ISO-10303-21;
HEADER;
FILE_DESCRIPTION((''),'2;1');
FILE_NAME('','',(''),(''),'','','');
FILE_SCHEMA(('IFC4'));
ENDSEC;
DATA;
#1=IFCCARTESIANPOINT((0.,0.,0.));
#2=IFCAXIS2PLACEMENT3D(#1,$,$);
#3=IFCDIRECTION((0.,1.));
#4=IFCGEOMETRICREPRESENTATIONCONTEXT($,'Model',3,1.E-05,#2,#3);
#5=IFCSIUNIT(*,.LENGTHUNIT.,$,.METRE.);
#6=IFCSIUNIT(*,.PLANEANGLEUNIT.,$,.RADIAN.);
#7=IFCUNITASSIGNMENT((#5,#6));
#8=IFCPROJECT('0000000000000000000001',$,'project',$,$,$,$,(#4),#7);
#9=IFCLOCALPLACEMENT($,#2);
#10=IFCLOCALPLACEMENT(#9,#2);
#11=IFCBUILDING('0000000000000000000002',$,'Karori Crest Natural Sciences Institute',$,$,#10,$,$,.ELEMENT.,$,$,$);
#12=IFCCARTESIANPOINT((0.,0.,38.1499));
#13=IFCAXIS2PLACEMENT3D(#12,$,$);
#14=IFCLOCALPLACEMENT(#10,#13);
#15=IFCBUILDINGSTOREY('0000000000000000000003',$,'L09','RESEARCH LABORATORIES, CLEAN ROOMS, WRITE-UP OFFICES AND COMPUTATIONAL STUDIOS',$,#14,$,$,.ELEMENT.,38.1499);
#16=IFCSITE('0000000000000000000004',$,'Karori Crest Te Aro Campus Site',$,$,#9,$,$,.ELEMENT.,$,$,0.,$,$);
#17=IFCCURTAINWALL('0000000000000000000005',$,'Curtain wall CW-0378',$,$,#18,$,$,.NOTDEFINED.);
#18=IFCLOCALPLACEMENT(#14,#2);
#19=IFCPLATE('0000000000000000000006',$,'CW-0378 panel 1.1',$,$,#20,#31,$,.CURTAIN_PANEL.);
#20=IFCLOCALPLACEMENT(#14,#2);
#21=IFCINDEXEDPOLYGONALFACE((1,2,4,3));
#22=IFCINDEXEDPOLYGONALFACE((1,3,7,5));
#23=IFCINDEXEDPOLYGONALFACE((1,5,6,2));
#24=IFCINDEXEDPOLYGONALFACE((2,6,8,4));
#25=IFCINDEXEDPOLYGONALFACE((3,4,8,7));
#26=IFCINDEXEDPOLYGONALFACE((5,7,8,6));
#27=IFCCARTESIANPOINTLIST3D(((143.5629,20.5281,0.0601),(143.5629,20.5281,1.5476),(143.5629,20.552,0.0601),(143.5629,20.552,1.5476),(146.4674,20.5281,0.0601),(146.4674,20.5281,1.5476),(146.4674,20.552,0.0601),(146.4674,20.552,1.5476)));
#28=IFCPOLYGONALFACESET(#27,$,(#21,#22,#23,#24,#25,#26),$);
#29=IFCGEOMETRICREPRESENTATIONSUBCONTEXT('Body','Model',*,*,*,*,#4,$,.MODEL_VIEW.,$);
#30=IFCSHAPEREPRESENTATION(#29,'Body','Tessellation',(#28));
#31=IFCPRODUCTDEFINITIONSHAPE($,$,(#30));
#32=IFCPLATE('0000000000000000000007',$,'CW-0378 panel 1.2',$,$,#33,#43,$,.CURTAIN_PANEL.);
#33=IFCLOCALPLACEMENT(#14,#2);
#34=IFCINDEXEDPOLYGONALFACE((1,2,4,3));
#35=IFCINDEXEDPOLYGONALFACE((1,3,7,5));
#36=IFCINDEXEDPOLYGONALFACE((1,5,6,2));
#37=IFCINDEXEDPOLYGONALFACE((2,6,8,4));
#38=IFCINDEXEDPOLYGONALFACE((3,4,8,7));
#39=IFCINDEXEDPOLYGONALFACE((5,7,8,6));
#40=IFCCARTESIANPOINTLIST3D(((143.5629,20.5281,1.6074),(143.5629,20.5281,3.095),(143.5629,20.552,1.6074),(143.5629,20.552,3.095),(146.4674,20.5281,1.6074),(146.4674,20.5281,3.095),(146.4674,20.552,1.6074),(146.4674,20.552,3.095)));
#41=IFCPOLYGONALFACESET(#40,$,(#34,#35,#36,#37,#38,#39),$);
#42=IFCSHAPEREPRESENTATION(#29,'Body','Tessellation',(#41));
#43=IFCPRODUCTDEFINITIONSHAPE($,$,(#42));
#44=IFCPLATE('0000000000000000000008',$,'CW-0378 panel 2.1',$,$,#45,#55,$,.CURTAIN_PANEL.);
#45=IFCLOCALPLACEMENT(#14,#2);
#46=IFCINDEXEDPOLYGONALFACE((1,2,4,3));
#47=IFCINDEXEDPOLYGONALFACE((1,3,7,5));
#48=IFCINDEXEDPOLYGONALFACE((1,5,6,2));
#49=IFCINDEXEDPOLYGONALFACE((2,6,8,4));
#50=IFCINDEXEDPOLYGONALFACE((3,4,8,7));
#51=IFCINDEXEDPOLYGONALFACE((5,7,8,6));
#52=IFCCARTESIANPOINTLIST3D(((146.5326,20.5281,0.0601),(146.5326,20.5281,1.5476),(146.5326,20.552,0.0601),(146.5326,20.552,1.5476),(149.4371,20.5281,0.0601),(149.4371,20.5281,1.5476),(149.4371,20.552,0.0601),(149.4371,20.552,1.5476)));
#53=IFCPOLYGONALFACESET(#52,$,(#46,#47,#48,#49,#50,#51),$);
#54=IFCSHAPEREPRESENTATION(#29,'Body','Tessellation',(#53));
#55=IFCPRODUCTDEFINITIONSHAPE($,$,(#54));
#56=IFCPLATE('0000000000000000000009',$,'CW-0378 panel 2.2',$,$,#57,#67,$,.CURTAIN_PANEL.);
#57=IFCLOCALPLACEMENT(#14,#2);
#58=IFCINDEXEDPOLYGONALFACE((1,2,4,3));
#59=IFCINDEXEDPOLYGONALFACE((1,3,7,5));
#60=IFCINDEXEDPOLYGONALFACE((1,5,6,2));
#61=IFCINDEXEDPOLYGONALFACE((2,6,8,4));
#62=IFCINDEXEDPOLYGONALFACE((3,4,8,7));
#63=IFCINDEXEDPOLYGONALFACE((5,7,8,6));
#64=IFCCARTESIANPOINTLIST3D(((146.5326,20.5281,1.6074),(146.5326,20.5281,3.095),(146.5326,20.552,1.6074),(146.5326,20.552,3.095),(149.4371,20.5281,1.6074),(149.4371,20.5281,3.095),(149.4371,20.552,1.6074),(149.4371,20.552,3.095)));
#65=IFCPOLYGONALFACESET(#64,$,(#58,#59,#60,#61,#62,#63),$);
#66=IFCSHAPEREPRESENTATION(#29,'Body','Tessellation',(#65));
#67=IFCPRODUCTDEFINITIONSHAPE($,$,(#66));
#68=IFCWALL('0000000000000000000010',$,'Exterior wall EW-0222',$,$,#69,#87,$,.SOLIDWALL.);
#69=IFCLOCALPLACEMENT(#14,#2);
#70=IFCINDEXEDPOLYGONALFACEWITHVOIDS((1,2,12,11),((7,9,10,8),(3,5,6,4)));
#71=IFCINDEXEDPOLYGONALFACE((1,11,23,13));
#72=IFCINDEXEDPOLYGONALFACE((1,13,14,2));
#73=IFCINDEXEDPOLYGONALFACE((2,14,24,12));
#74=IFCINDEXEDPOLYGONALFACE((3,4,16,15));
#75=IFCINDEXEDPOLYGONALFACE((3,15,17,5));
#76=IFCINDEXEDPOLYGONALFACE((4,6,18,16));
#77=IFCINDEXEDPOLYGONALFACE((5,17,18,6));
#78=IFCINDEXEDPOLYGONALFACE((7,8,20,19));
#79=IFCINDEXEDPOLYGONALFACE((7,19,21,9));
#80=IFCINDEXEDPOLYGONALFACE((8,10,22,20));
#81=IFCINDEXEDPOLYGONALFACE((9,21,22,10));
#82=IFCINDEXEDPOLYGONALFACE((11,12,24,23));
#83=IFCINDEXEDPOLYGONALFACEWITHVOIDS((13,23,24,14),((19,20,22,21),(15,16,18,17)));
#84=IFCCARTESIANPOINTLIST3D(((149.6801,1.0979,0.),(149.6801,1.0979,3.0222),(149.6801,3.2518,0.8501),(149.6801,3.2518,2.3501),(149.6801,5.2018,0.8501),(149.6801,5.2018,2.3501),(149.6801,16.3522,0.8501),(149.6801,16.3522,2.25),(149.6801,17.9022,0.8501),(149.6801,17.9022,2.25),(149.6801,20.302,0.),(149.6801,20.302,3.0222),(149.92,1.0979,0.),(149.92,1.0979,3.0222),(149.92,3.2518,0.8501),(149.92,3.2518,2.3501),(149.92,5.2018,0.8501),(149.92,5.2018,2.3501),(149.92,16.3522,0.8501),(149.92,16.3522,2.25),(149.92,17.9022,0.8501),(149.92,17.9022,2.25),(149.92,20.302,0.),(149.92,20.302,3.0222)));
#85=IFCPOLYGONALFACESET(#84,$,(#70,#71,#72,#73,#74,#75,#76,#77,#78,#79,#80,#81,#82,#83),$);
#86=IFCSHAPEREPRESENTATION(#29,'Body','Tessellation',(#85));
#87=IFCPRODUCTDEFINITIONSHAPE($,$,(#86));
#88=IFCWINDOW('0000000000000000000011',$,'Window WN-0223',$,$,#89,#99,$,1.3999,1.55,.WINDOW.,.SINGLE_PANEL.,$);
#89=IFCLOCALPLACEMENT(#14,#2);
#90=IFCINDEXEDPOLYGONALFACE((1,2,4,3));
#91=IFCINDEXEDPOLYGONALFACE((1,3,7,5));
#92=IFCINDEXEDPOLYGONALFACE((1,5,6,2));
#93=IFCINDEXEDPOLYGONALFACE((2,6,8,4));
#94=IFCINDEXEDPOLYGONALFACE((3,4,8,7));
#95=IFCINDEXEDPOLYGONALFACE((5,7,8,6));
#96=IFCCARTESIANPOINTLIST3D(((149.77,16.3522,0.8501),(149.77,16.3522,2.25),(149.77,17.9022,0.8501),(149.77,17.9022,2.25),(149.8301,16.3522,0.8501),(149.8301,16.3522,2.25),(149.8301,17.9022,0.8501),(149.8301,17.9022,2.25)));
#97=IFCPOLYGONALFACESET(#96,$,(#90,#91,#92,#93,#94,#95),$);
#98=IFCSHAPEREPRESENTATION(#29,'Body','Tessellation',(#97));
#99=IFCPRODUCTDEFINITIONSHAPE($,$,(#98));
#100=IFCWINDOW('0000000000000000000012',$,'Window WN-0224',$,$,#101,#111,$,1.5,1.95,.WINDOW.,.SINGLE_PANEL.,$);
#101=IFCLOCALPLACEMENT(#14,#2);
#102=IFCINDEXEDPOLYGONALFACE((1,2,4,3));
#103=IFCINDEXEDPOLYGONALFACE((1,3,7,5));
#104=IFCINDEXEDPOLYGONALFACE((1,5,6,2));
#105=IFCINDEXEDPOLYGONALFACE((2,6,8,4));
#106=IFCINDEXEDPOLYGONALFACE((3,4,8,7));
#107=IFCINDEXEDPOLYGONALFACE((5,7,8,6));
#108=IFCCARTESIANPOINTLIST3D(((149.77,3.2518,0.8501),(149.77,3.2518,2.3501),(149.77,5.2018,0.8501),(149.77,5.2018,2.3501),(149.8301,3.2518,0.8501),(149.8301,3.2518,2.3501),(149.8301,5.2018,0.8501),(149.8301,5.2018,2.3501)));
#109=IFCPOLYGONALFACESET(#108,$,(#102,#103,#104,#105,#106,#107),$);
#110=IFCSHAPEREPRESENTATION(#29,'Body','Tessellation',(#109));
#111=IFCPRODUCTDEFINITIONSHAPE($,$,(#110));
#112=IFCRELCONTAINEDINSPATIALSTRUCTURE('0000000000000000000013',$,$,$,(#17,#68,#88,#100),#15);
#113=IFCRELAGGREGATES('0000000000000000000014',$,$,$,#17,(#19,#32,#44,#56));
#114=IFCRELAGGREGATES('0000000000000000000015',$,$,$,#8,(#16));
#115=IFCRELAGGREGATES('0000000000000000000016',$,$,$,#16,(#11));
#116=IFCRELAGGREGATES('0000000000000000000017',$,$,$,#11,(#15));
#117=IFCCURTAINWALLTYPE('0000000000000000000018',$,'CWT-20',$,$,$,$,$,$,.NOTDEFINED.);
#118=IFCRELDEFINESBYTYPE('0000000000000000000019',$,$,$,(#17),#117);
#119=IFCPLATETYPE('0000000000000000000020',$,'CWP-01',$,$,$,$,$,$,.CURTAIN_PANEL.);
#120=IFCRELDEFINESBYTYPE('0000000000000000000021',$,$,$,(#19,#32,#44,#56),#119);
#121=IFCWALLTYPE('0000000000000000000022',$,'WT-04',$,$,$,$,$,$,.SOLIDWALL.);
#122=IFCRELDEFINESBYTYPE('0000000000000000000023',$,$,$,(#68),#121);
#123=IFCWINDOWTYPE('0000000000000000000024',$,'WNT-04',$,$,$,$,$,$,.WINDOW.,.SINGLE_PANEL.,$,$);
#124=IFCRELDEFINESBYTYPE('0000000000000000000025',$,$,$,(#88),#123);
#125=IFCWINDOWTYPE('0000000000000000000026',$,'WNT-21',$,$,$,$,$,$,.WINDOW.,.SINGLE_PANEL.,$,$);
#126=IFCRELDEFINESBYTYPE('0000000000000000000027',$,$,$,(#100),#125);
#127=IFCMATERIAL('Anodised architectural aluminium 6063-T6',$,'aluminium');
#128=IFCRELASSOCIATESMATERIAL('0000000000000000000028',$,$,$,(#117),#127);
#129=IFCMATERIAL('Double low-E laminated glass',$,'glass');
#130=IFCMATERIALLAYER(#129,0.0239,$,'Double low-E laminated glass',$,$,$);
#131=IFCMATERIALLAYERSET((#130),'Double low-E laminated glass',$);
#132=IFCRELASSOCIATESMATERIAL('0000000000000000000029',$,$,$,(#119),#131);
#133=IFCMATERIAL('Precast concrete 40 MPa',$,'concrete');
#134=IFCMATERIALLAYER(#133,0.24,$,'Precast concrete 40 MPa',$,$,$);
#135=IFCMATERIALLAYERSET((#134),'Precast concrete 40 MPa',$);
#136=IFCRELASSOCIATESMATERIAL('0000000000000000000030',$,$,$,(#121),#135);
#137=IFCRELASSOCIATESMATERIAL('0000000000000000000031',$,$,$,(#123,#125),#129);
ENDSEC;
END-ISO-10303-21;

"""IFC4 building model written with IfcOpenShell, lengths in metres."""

from ifc_helpers import new_model, si_unit, direction, frame, frame_2d, origin, origin_2d, place, context, subcontext, project, spatial, rectangle, extrude, material, layer, layer_set, type_object, element, fill, aggregate, save


model = new_model("IFC4")

# Units and contexts
model_context = context("Model", 3, precision=1e-05, world=origin(), true_north=direction((0.0, 1.0)))
body_context = subcontext(model_context, "Body", "Model", "MODEL_VIEW")
ifc_project = project(units=[si_unit("LENGTHUNIT", "METRE"), si_unit("PLANEANGLEUNIT", "RADIAN")], contexts=[model_context])

# Site, building, storey
site_placement = place(None, origin())
site = spatial("IfcSite", under=ifc_project, at=site_placement, Name="Karori Crest Te Aro Campus Site", CompositionType="ELEMENT", RefElevation=0.0)
building_placement = place(site_placement, origin())
building = spatial("IfcBuilding", under=site, at=building_placement, Name="Karori Crest Natural Sciences Institute", CompositionType="ELEMENT")
storey_placement = place(building_placement, frame((0.0, 0.0, 38.1499)))
storey = spatial("IfcBuildingStorey", under=building, at=storey_placement, Name="L09", Description="RESEARCH LABORATORIES, CLEAN ROOMS, WRITE-UP OFFICES AND COMPUTATIONAL STUDIOS", CompositionType="ELEMENT", Elevation=38.1499)

# Curtain wall
ifc_material_1 = material(Name="Anodised architectural aluminium 6063-T6", Category="aluminium")
curtain_wall_type = type_object("IfcCurtainWallType", Name="CWT-20", PredefinedType="NOTDEFINED", material=ifc_material_1)
curtain_wall_1_placement = place(storey_placement, origin())
curtain_wall_1 = element("IfcCurtainWall", 1, at=curtain_wall_1_placement, inside=storey, type_object=curtain_wall_type, Name="Curtain wall CW-0378", PredefinedType="NOTDEFINED")

# Plates
ifc_material_2 = material(Name="Double low-E laminated glass", Category="glass")
ifc_layer_1 = layer(ifc_material_2, 0.0239, Name="Double low-E laminated glass")
ifc_layer_set_1 = layer_set([ifc_layer_1], Name="Double low-E laminated glass")
plate_type = type_object("IfcPlateType", Name="CWP-01", PredefinedType="CURTAIN_PANEL", material=ifc_layer_set_1)
plate_1_placement = place(storey_placement, frame((145.0151, 20.54, 0.0601), z_axis=(0.0, 0.0, 1.0), x_axis=(1.0, 0.0, 0.0)))
plate_1 = element("IfcPlate", 2, at=plate_1_placement, type_object=plate_type, Name="CW-0378 panel 1.1", PredefinedType="CURTAIN_PANEL", context=body_context, shape_type="SweptSolid", body=[
    extrude(rectangle(XDim=2.9045, YDim=0.0239, at=origin_2d()), origin(), (0.0, 0.0, 1.0), 1.4875),
])
plate_2_placement = place(storey_placement, frame((145.0151, 20.54, 1.6074), z_axis=(0.0, 0.0, 1.0), x_axis=(1.0, 0.0, 0.0)))
plate_2 = element("IfcPlate", 3, at=plate_2_placement, type_object=plate_type, Name="CW-0378 panel 1.2", PredefinedType="CURTAIN_PANEL", context=body_context, shape_type="SweptSolid", body=[
    extrude(rectangle(XDim=2.9045, YDim=0.0239, at=origin_2d()), origin(), (0.0, 0.0, 1.0), 1.4875),
])
plate_3_placement = place(storey_placement, frame((147.9849, 20.54, 0.0601), z_axis=(0.0, 0.0, 1.0), x_axis=(1.0, 0.0, 0.0)))
plate_3 = element("IfcPlate", 4, at=plate_3_placement, type_object=plate_type, Name="CW-0378 panel 2.1", PredefinedType="CURTAIN_PANEL", context=body_context, shape_type="SweptSolid", body=[
    extrude(rectangle(XDim=2.9045, YDim=0.0239, at=origin_2d()), origin(), (0.0, 0.0, 1.0), 1.4875),
])
plate_4_placement = place(storey_placement, frame((147.9849, 20.54, 1.6074), z_axis=(0.0, 0.0, 1.0), x_axis=(1.0, 0.0, 0.0)))
plate_4 = element("IfcPlate", 5, at=plate_4_placement, type_object=plate_type, Name="CW-0378 panel 2.2", PredefinedType="CURTAIN_PANEL", context=body_context, shape_type="SweptSolid", body=[
    extrude(rectangle(XDim=2.9045, YDim=0.0239, at=origin_2d()), origin(), (0.0, 0.0, 1.0), 1.4875),
])
aggregate(curtain_wall_1, [plate_1, plate_2, plate_3, plate_4])

# Wall, openings, windows
ifc_material_3 = material(Name="Precast concrete 40 MPa", Category="concrete")
ifc_layer_2 = layer(ifc_material_3, 0.24, Name="Precast concrete 40 MPa")
ifc_layer_set_2 = layer_set([ifc_layer_2], Name="Precast concrete 40 MPa")
wall_type = type_object("IfcWallType", Name="WT-04", PredefinedType="SOLIDWALL", material=ifc_layer_set_2)
wall_placement = place(storey_placement, frame((149.8, 20.302, 0.0), z_axis=(0.0, 0.0, 1.0), x_axis=(0.0, -1.0, 0.0)))
wall = element("IfcWall", 6, at=wall_placement, inside=storey, type_object=wall_type, Name="Exterior wall EW-0222", PredefinedType="SOLIDWALL", context=body_context, shape_type="SweptSolid", body=[
    extrude(rectangle(XDim=19.2041, YDim=0.24, at=frame_2d((9.6021, 0.0))), origin(), (0.0, 0.0, 1.0), 3.0222),
])
opening_1_placement = place(wall_placement, frame((2.3999, 0.0, 0.8501)))
opening_1 = element("IfcOpeningElement", 7, at=opening_1_placement, cuts=wall, PredefinedType="OPENING", context=body_context, shape_type="SweptSolid", body=[
    extrude(rectangle(XDim=1.55, YDim=1.3999, at=frame_2d((0.7749, 0.7))), frame((0.0, 0.1299, 0.0), z_axis=(0.0, -1.0, 0.0), x_axis=(1.0, 0.0, 0.0)), (0.0, 0.0, 1.0), 0.26),
])
opening_2_placement = place(wall_placement, frame((15.1001, 0.0, 0.8501)))
opening_2 = element("IfcOpeningElement", 8, at=opening_2_placement, cuts=wall, PredefinedType="OPENING", context=body_context, shape_type="SweptSolid", body=[
    extrude(rectangle(XDim=1.95, YDim=1.5, at=frame_2d((0.9751, 0.75))), frame((0.0, 0.1299, 0.0), z_axis=(0.0, -1.0, 0.0), x_axis=(1.0, 0.0, 0.0)), (0.0, 0.0, 1.0), 0.26),
])
window_type_1 = type_object("IfcWindowType", Name="WNT-04", PartitioningType="SINGLE_PANEL", PredefinedType="WINDOW", material=ifc_material_2)
window_1_placement = place(opening_1_placement, origin())
window_1 = element("IfcWindow", 9, at=window_1_placement, inside=storey, type_object=window_type_1, Name="Window WN-0223", OverallHeight=1.3999, OverallWidth=1.55, PartitioningType="SINGLE_PANEL", PredefinedType="WINDOW", context=body_context, shape_type="SweptSolid", body=[
    extrude(rectangle(XDim=1.55, YDim=1.3999, at=frame_2d((0.7749, 0.7))), frame((0.0, 0.03, 0.0), z_axis=(0.0, -1.0, 0.0), x_axis=(1.0, 0.0, 0.0)), (0.0, 0.0, 1.0), 0.0601),
])
fill(opening_1, window_1)
window_type_2 = type_object("IfcWindowType", Name="WNT-21", PartitioningType="SINGLE_PANEL", PredefinedType="WINDOW", material=ifc_material_2)
window_2_placement = place(opening_2_placement, origin())
window_2 = element("IfcWindow", 10, at=window_2_placement, inside=storey, type_object=window_type_2, Name="Window WN-0224", OverallHeight=1.5, OverallWidth=1.95, PartitioningType="SINGLE_PANEL", PredefinedType="WINDOW", context=body_context, shape_type="SweptSolid", body=[
    extrude(rectangle(XDim=1.95, YDim=1.5, at=frame_2d((0.9751, 0.75))), frame((0.0, 0.03, 0.0), z_axis=(0.0, -1.0, 0.0), x_axis=(1.0, 0.0, 0.0)), (0.0, 0.0, 1.0), 0.0601),
])
fill(opening_2, window_2)

save(model, "model.ifc")
